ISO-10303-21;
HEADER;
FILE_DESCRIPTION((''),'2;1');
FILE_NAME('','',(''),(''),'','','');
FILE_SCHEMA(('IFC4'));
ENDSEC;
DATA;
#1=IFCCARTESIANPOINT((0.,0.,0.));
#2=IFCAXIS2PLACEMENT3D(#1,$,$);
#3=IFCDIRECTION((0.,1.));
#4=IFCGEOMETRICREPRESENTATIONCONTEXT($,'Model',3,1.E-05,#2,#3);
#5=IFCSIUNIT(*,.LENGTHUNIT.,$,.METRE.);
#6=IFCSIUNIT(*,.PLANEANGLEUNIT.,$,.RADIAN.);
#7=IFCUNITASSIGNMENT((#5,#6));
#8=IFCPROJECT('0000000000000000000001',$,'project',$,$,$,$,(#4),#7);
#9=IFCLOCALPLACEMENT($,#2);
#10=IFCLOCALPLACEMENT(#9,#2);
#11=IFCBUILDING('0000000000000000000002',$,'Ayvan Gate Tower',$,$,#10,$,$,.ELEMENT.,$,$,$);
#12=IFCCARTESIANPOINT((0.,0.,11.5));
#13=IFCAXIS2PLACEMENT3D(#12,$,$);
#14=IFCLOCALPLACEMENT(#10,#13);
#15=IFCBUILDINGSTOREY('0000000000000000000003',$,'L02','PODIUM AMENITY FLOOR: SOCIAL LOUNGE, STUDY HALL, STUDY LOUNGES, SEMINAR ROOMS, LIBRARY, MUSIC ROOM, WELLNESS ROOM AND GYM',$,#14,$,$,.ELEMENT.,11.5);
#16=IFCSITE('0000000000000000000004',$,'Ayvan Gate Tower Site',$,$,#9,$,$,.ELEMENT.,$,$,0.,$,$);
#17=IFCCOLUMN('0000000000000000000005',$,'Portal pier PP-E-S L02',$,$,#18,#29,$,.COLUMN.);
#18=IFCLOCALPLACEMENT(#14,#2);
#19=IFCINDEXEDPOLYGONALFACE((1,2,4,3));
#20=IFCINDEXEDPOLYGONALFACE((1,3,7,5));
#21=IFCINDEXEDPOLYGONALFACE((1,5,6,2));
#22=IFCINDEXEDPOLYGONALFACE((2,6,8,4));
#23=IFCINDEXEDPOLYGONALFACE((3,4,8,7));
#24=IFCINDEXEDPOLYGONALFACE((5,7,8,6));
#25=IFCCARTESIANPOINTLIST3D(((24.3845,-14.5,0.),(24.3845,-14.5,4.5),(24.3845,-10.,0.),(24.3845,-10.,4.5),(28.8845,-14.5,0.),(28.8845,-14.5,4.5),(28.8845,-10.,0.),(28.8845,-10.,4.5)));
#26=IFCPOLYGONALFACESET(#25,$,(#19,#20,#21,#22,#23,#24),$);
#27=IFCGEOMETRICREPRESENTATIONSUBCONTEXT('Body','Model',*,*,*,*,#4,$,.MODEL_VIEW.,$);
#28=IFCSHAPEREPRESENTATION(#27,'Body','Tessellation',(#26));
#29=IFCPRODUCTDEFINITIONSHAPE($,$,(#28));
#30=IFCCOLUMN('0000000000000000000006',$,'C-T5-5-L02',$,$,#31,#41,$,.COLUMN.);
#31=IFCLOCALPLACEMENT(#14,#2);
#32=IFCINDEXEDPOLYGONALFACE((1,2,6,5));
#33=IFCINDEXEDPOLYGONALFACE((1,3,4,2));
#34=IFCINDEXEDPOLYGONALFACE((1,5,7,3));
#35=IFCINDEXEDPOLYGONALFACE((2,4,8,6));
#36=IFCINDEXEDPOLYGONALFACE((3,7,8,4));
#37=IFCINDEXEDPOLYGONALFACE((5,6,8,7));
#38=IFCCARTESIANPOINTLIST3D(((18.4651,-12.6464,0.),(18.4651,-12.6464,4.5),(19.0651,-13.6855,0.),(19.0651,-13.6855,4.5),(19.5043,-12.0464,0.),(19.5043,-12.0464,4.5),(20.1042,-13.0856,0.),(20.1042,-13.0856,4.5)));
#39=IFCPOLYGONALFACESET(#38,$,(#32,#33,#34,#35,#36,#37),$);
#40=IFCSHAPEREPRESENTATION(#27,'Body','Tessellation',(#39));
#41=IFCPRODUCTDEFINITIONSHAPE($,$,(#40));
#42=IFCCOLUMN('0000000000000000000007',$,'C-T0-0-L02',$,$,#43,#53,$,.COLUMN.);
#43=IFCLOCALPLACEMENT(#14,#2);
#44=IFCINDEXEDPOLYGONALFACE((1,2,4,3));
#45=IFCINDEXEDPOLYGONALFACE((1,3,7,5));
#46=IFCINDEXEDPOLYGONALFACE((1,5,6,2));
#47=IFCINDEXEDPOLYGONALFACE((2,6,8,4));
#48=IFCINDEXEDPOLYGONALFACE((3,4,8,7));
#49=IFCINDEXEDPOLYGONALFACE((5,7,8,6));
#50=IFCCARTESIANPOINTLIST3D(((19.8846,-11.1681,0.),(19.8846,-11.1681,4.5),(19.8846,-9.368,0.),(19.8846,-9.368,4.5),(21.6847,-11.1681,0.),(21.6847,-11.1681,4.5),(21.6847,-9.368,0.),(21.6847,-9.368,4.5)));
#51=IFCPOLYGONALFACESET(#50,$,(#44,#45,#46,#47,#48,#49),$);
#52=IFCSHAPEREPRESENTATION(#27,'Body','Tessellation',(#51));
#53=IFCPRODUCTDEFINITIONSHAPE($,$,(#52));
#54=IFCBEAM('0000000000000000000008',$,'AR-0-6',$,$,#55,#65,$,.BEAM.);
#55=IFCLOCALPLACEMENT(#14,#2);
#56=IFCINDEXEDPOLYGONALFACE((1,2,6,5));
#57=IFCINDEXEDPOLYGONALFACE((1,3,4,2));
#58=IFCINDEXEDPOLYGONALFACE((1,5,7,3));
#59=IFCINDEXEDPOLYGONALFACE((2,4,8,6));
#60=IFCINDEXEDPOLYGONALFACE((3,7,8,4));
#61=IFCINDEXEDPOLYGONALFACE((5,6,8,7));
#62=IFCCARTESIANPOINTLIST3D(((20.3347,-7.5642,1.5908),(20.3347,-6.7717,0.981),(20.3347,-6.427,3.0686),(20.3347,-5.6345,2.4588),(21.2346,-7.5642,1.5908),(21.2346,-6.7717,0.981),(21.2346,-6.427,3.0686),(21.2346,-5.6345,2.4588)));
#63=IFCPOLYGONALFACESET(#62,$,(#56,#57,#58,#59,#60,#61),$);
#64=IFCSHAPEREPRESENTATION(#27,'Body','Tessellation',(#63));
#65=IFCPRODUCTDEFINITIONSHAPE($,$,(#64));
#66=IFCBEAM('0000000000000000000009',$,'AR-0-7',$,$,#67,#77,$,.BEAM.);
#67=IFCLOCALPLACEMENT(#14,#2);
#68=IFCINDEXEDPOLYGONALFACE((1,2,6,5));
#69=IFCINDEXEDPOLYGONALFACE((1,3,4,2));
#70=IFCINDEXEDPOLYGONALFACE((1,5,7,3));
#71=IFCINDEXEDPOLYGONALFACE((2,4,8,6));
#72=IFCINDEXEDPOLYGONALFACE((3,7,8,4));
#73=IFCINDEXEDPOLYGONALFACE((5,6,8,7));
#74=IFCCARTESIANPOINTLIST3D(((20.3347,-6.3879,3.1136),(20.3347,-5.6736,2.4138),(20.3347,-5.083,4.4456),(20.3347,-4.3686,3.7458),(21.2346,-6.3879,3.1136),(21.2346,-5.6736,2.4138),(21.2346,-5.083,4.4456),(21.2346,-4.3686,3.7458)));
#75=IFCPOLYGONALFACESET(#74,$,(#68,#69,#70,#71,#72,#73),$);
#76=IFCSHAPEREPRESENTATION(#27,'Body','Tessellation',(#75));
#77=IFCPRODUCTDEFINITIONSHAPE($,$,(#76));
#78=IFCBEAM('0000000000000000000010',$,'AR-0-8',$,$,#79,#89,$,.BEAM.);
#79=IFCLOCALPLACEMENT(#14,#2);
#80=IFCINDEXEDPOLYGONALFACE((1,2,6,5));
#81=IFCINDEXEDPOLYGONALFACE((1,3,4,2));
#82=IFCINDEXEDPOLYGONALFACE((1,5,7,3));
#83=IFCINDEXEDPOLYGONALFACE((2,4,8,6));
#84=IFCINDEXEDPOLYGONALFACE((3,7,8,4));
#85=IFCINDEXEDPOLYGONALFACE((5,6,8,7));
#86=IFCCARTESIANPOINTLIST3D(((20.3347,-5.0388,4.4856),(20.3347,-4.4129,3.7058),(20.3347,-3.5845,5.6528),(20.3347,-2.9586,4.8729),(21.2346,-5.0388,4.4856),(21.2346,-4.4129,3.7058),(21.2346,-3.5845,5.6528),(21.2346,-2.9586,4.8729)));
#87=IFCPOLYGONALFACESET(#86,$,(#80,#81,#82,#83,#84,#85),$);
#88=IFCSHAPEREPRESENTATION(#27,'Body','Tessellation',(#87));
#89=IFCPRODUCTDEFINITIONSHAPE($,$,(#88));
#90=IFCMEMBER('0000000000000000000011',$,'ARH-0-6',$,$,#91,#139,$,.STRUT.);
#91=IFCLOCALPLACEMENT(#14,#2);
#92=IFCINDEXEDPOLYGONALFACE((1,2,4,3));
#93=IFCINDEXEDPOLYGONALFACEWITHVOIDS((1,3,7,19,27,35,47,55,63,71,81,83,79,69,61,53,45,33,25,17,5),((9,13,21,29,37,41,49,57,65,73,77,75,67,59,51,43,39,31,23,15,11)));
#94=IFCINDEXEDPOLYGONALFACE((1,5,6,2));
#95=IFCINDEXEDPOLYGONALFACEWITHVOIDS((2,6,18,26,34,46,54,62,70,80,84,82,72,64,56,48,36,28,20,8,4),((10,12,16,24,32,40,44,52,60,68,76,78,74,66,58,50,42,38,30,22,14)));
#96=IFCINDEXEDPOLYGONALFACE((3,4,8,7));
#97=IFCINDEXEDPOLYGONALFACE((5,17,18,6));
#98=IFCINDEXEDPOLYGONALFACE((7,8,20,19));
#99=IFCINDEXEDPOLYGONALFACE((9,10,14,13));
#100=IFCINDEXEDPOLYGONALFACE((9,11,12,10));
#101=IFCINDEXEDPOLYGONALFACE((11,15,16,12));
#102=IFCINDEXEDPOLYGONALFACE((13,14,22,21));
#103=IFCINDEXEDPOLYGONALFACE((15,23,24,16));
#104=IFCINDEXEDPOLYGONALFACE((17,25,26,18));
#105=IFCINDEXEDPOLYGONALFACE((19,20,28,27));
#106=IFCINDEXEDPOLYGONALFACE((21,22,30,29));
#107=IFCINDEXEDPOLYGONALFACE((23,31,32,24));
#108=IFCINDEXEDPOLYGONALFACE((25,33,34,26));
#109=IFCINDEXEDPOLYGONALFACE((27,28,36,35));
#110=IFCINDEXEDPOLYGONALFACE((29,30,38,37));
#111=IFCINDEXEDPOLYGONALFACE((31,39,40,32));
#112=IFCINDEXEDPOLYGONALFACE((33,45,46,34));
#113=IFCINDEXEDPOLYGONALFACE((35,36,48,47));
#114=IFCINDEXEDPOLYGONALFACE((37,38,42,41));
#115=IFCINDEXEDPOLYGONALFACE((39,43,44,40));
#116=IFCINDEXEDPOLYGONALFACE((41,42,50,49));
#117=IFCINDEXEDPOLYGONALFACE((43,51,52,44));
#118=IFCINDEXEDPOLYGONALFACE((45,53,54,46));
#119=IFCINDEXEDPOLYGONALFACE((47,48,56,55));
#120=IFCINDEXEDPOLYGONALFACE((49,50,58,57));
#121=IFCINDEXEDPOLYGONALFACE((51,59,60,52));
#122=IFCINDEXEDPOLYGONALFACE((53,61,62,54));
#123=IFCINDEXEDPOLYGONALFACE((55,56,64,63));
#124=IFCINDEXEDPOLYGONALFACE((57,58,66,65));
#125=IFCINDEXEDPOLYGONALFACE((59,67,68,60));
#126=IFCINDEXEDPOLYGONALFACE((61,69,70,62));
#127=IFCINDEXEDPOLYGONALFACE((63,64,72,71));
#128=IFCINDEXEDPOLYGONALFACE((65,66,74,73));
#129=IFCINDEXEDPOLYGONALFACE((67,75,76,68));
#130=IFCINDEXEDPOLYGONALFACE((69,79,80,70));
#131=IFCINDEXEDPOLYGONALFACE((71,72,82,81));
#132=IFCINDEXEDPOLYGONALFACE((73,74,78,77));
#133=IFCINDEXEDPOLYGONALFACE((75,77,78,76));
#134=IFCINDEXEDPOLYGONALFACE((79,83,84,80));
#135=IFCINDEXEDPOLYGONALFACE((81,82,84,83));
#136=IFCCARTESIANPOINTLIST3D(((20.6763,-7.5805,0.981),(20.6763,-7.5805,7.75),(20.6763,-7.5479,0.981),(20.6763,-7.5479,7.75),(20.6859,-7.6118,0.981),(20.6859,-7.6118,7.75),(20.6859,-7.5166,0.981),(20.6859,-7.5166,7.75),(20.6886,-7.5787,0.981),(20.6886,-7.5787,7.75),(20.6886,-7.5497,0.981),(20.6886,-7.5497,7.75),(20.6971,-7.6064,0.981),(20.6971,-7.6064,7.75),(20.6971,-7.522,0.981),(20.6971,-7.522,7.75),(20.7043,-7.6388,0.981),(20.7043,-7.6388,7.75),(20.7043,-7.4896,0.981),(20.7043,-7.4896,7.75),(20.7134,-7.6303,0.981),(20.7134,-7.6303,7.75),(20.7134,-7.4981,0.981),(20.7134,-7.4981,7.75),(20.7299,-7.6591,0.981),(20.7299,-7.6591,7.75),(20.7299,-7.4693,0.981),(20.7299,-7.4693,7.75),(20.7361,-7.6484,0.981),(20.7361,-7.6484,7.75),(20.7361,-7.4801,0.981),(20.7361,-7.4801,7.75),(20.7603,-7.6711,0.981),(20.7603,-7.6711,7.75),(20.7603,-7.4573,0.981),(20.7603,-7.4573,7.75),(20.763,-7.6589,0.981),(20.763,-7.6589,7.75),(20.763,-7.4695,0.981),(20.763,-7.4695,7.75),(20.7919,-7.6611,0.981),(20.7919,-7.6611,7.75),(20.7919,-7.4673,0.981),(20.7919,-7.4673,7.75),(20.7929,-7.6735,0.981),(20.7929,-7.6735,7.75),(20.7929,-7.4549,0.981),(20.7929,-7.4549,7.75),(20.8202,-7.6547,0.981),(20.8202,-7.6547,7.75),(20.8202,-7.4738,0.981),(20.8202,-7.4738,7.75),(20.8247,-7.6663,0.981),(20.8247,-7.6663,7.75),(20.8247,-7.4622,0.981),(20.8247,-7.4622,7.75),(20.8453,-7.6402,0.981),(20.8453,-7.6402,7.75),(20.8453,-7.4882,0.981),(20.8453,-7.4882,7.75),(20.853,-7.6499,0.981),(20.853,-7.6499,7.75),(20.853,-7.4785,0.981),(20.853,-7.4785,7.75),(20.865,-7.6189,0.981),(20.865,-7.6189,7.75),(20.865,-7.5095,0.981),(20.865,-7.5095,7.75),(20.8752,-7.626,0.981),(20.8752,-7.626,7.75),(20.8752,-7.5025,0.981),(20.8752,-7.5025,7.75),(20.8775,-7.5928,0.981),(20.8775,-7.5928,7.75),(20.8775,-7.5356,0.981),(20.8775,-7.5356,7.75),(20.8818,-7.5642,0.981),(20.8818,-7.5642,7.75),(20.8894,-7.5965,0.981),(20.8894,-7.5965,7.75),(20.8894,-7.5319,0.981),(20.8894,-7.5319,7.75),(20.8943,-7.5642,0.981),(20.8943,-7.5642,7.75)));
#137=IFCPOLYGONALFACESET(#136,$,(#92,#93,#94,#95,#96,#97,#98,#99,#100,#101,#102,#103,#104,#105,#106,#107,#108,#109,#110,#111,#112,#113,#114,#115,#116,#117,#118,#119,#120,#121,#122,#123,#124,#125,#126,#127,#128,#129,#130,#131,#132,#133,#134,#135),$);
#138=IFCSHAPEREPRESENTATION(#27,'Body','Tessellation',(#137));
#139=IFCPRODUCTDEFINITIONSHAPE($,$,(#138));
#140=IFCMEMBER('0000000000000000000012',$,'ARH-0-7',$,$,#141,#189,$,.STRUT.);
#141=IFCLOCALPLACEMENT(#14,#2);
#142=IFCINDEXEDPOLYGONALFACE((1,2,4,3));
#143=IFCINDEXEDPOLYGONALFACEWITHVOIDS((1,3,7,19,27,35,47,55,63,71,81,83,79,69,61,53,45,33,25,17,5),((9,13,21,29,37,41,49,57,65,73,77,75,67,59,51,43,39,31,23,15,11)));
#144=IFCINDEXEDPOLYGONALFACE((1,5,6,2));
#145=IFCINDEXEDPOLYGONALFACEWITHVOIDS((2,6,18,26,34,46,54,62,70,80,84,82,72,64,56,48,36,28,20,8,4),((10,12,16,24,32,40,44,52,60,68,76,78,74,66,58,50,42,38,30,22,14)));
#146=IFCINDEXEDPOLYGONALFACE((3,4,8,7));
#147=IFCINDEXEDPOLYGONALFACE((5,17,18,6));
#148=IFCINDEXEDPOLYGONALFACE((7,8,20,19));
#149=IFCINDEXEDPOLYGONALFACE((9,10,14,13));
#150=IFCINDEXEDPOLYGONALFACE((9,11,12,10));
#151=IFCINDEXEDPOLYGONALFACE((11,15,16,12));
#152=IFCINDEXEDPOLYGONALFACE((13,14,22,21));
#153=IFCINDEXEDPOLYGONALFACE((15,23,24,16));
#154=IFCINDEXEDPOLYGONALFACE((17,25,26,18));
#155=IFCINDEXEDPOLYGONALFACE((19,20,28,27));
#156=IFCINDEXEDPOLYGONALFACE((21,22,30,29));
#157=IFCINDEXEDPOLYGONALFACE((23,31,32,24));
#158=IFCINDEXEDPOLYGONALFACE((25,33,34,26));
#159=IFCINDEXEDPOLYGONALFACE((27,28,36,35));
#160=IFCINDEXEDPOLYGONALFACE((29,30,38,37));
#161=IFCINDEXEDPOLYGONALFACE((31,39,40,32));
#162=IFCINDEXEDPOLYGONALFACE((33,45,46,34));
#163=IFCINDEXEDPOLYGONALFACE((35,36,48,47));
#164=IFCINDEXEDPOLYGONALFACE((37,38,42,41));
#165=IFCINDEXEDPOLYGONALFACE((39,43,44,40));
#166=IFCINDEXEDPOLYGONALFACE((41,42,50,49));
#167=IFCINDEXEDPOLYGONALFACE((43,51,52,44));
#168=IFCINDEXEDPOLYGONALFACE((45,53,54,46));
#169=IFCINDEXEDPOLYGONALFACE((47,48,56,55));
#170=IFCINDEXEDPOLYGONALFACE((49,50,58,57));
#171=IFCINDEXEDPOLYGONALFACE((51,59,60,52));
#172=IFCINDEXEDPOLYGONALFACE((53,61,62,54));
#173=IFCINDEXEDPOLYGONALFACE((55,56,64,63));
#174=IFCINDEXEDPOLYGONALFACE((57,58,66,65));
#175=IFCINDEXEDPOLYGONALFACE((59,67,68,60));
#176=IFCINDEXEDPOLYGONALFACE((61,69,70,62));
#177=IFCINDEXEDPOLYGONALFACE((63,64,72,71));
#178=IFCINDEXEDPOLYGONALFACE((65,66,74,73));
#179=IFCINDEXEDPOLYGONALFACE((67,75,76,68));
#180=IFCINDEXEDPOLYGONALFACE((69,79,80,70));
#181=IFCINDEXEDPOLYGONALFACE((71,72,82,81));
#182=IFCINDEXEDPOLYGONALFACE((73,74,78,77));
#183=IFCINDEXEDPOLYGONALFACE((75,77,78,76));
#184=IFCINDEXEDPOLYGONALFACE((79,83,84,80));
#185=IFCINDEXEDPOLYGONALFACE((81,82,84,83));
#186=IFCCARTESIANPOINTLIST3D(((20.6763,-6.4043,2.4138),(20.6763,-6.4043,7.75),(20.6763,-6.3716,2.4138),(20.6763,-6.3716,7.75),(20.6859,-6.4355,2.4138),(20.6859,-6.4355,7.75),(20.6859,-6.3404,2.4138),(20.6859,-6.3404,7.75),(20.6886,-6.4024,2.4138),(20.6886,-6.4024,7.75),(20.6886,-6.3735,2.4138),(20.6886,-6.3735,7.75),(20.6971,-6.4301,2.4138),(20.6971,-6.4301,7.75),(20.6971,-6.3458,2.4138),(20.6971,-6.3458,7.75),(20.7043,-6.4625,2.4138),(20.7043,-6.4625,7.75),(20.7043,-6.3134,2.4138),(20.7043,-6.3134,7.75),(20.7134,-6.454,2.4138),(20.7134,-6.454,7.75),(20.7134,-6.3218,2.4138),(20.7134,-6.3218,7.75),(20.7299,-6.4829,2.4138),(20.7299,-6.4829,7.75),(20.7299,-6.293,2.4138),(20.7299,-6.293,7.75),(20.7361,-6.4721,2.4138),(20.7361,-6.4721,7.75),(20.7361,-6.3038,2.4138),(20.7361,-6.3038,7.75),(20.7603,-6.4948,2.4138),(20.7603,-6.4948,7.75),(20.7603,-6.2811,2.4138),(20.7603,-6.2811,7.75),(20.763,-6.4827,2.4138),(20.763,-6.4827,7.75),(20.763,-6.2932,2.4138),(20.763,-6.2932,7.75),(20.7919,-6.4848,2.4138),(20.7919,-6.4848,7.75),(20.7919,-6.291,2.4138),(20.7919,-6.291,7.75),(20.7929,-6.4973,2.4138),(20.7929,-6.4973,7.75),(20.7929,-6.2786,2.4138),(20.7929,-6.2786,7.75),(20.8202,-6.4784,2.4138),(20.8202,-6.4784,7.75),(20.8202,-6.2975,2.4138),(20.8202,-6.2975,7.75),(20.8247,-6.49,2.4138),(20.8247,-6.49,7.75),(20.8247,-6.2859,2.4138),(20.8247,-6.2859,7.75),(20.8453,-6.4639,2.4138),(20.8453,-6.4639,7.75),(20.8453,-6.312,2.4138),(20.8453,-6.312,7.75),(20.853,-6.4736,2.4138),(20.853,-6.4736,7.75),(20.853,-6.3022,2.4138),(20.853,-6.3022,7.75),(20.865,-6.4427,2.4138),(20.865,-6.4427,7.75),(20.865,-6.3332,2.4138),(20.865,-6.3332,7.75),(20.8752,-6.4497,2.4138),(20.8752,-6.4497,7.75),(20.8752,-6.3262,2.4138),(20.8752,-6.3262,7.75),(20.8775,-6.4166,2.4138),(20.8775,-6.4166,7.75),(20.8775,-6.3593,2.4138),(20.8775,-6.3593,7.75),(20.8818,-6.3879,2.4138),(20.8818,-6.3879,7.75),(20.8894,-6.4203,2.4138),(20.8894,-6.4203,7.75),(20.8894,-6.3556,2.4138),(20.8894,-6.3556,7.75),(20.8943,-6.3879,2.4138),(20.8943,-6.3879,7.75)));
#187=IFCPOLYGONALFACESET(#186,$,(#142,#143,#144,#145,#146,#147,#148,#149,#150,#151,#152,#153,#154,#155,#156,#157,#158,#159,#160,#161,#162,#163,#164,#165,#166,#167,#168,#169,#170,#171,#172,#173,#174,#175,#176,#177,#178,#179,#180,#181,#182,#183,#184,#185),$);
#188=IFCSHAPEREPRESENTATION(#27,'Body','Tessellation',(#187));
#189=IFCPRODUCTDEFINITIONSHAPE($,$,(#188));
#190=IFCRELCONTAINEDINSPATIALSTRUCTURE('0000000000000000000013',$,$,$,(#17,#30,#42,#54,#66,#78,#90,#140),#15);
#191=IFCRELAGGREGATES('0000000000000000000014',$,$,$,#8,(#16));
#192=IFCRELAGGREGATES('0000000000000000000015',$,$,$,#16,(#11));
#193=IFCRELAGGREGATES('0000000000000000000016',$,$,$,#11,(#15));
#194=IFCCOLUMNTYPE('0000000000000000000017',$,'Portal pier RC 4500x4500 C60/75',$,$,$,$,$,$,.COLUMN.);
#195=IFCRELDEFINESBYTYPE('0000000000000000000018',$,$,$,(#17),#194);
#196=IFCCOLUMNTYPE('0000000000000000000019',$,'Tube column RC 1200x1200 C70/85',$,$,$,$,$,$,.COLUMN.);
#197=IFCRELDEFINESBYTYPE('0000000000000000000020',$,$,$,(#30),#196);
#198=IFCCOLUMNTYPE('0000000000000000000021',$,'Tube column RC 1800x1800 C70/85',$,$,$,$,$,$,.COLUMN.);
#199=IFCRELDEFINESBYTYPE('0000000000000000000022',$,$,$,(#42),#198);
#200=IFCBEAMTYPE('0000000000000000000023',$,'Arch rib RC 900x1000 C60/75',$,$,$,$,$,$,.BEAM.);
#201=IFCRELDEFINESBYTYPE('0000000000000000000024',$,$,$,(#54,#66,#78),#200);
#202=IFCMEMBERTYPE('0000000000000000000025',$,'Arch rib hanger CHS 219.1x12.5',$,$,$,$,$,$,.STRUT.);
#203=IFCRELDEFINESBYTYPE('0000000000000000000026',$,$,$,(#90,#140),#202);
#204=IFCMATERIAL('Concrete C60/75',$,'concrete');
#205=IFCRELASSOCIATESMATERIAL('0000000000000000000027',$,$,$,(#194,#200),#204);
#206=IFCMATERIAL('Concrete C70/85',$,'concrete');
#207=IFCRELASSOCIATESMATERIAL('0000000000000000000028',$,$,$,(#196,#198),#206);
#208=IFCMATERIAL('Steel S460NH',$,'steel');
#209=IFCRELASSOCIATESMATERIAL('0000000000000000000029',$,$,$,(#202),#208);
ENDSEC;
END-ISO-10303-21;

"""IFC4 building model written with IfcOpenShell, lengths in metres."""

from ifc_helpers import new_model, si_unit, direction, frame, origin, origin_2d, place, context, subcontext, project, spatial, rectangle, hollow_circle, extrude, material, material_profile, profile_set, type_object, element, save


model = new_model("IFC4")

# Units and contexts
model_context = context("Model", 3, precision=1e-05, world=origin(), true_north=direction((0.0, 1.0)))
body_context = subcontext(model_context, "Body", "Model", "MODEL_VIEW")
ifc_project = project(units=[si_unit("LENGTHUNIT", "METRE"), si_unit("PLANEANGLEUNIT", "RADIAN")], contexts=[model_context])

# Site, building, storey
site_placement = place(None, origin())
site = spatial("IfcSite", under=ifc_project, at=site_placement, Name="Ayvan Gate Tower Site", CompositionType="ELEMENT", RefElevation=0.0)
building_placement = place(site_placement, origin())
building = spatial("IfcBuilding", under=site, at=building_placement, Name="Ayvan Gate Tower", CompositionType="ELEMENT")
storey_placement = place(building_placement, frame((0.0, 0.0, 11.5)))
storey = spatial("IfcBuildingStorey", under=building, at=storey_placement, Name="L02", Description="PODIUM AMENITY FLOOR: SOCIAL LOUNGE, STUDY HALL, STUDY LOUNGES, SEMINAR ROOMS, LIBRARY, MUSIC ROOM, WELLNESS ROOM AND GYM", CompositionType="ELEMENT", Elevation=11.5)

# Columns
ifc_material_1 = material(Name="Concrete C60/75", Category="concrete")
ifc_material_profile_1 = material_profile(ifc_material_1, rectangle(XDim=4.5, YDim=4.5, at=origin_2d()), Name="RC 4500x4500")
ifc_profile_set_1 = profile_set([ifc_material_profile_1], Name="Concrete C60/75")
column_type_1 = type_object("IfcColumnType", Name="Portal pier RC 4500x4500 C60/75", PredefinedType="COLUMN", material=ifc_profile_set_1)
column_1_placement = place(storey_placement, frame((26.6345, -12.25, 0.0), z_axis=(0.0, 0.0, 1.0), x_axis=(1.0, 0.0, 0.0)))
element("IfcColumn", 1, at=column_1_placement, inside=storey, type_object=column_type_1, Name="Portal pier PP-E-S L02", PredefinedType="COLUMN", context=body_context, shape_type="SweptSolid", body=[
    extrude(rectangle(XDim=4.5, YDim=4.5, at=origin_2d()), origin(), (0.0, 0.0, 1.0), 4.5),
])
ifc_material_2 = material(Name="Concrete C70/85", Category="concrete")
ifc_material_profile_2 = material_profile(ifc_material_2, rectangle(XDim=1.2, YDim=1.2, at=origin_2d()), Name="RC 1200x1200")
ifc_profile_set_2 = profile_set([ifc_material_profile_2], Name="Concrete C70/85")
column_type_2 = type_object("IfcColumnType", Name="Tube column RC 1200x1200 C70/85", PredefinedType="COLUMN", material=ifc_profile_set_2)
column_2_placement = place(storey_placement, frame((19.2847, -12.866, 0.0), z_axis=(0.0, 0.0, 1.0), x_axis=(0.5, -0.866025, 0.0)))
element("IfcColumn", 2, at=column_2_placement, inside=storey, type_object=column_type_2, Name="C-T5-5-L02", PredefinedType="COLUMN", context=body_context, shape_type="SweptSolid", body=[
    extrude(rectangle(XDim=1.2, YDim=1.2, at=origin_2d()), origin(), (0.0, 0.0, 1.0), 4.5),
])
ifc_material_profile_3 = material_profile(ifc_material_2, rectangle(XDim=1.8, YDim=1.8, at=origin_2d()), Name="RC 1800x1800")
ifc_profile_set_3 = profile_set([ifc_material_profile_3], Name="Concrete C70/85")
column_type_3 = type_object("IfcColumnType", Name="Tube column RC 1800x1800 C70/85", PredefinedType="COLUMN", material=ifc_profile_set_3)
column_3_placement = place(storey_placement, frame((20.7847, -10.2681, 0.0), z_axis=(0.0, 0.0, 1.0), x_axis=(1.0, 0.0, 0.0)))
element("IfcColumn", 3, at=column_3_placement, inside=storey, type_object=column_type_3, Name="C-T0-0-L02", PredefinedType="COLUMN", context=body_context, shape_type="SweptSolid", body=[
    extrude(rectangle(XDim=1.8, YDim=1.8, at=origin_2d()), origin(), (0.0, 0.0, 1.0), 4.5),
])

# Beams
ifc_material_profile_4 = material_profile(ifc_material_1, rectangle(XDim=0.8999, YDim=1.0, at=origin_2d()), Name="RC 900x1000")
ifc_profile_set_4 = profile_set([ifc_material_profile_4], Name="Concrete C60/75")
beam_type_1 = type_object("IfcBeamType", Name="Arch rib RC 900x1000 C60/75", PredefinedType="BEAM", material=ifc_profile_set_4)
for number, where, z_axis, x_axis, name in (
    (4, (20.7847, -7.168, 1.2859), (0.0, 0.609863, 0.792507), (-1.0, 0.0, 0.0), "AR-0-6"),
    (5, (20.7847, -6.0308, 2.7637), (0.0, 0.699803, 0.714336), (-1.0, 0.0, 0.0), "AR-0-7"),
    (6, (20.7847, -4.7258, 4.0957), (0.0, 0.779884, 0.625924), (-1.0, 0.0, 0.0), "AR-0-8"),
):
    element("IfcBeam", number, at=place(storey_placement, frame(where, z_axis=z_axis, x_axis=x_axis)), inside=storey, type_object=beam_type_1, Name=name, PredefinedType="BEAM", context=body_context, shape_type="SweptSolid", body=[
        extrude(rectangle(XDim=0.8999, YDim=1.0, at=origin_2d()), origin(), (0.0, 0.0, 1.0), 1.8647),
    ])

# Members
ifc_material_3 = material(Name="Steel S460NH", Category="steel")
ifc_material_profile_5 = material_profile(ifc_material_3, hollow_circle(Radius=0.1096, WallThickness=0.0125, at=origin_2d()), Name="CHS 219.1x12.5")
ifc_profile_set_5 = profile_set([ifc_material_profile_5], Name="Steel S460NH")
member_type_1 = type_object("IfcMemberType", Name="Arch rib hanger CHS 219.1x12.5", PredefinedType="STRUT", material=ifc_profile_set_5)
member_1_placement = place(storey_placement, frame((20.7847, -7.5642, 0.981), z_axis=(0.0, 0.0, 1.0), x_axis=(1.0, 0.0, 0.0)))
element("IfcMember", 7, at=member_1_placement, inside=storey, type_object=member_type_1, Name="ARH-0-6", PredefinedType="STRUT", context=body_context, shape_type="SweptSolid", body=[
    extrude(hollow_circle(Radius=0.1096, WallThickness=0.0125, at=origin_2d()), origin(), (0.0, 0.0, 1.0), 6.769),
])
member_2_placement = place(storey_placement, frame((20.7847, -6.3879, 2.4138), z_axis=(0.0, 0.0, 1.0), x_axis=(1.0, 0.0, 0.0)))
element("IfcMember", 8, at=member_2_placement, inside=storey, type_object=member_type_1, Name="ARH-0-7", PredefinedType="STRUT", context=body_context, shape_type="SweptSolid", body=[
    extrude(hollow_circle(Radius=0.1096, WallThickness=0.0125, at=origin_2d()), origin(), (0.0, 0.0, 1.0), 5.3362),
])

save(model, "model.ifc")
